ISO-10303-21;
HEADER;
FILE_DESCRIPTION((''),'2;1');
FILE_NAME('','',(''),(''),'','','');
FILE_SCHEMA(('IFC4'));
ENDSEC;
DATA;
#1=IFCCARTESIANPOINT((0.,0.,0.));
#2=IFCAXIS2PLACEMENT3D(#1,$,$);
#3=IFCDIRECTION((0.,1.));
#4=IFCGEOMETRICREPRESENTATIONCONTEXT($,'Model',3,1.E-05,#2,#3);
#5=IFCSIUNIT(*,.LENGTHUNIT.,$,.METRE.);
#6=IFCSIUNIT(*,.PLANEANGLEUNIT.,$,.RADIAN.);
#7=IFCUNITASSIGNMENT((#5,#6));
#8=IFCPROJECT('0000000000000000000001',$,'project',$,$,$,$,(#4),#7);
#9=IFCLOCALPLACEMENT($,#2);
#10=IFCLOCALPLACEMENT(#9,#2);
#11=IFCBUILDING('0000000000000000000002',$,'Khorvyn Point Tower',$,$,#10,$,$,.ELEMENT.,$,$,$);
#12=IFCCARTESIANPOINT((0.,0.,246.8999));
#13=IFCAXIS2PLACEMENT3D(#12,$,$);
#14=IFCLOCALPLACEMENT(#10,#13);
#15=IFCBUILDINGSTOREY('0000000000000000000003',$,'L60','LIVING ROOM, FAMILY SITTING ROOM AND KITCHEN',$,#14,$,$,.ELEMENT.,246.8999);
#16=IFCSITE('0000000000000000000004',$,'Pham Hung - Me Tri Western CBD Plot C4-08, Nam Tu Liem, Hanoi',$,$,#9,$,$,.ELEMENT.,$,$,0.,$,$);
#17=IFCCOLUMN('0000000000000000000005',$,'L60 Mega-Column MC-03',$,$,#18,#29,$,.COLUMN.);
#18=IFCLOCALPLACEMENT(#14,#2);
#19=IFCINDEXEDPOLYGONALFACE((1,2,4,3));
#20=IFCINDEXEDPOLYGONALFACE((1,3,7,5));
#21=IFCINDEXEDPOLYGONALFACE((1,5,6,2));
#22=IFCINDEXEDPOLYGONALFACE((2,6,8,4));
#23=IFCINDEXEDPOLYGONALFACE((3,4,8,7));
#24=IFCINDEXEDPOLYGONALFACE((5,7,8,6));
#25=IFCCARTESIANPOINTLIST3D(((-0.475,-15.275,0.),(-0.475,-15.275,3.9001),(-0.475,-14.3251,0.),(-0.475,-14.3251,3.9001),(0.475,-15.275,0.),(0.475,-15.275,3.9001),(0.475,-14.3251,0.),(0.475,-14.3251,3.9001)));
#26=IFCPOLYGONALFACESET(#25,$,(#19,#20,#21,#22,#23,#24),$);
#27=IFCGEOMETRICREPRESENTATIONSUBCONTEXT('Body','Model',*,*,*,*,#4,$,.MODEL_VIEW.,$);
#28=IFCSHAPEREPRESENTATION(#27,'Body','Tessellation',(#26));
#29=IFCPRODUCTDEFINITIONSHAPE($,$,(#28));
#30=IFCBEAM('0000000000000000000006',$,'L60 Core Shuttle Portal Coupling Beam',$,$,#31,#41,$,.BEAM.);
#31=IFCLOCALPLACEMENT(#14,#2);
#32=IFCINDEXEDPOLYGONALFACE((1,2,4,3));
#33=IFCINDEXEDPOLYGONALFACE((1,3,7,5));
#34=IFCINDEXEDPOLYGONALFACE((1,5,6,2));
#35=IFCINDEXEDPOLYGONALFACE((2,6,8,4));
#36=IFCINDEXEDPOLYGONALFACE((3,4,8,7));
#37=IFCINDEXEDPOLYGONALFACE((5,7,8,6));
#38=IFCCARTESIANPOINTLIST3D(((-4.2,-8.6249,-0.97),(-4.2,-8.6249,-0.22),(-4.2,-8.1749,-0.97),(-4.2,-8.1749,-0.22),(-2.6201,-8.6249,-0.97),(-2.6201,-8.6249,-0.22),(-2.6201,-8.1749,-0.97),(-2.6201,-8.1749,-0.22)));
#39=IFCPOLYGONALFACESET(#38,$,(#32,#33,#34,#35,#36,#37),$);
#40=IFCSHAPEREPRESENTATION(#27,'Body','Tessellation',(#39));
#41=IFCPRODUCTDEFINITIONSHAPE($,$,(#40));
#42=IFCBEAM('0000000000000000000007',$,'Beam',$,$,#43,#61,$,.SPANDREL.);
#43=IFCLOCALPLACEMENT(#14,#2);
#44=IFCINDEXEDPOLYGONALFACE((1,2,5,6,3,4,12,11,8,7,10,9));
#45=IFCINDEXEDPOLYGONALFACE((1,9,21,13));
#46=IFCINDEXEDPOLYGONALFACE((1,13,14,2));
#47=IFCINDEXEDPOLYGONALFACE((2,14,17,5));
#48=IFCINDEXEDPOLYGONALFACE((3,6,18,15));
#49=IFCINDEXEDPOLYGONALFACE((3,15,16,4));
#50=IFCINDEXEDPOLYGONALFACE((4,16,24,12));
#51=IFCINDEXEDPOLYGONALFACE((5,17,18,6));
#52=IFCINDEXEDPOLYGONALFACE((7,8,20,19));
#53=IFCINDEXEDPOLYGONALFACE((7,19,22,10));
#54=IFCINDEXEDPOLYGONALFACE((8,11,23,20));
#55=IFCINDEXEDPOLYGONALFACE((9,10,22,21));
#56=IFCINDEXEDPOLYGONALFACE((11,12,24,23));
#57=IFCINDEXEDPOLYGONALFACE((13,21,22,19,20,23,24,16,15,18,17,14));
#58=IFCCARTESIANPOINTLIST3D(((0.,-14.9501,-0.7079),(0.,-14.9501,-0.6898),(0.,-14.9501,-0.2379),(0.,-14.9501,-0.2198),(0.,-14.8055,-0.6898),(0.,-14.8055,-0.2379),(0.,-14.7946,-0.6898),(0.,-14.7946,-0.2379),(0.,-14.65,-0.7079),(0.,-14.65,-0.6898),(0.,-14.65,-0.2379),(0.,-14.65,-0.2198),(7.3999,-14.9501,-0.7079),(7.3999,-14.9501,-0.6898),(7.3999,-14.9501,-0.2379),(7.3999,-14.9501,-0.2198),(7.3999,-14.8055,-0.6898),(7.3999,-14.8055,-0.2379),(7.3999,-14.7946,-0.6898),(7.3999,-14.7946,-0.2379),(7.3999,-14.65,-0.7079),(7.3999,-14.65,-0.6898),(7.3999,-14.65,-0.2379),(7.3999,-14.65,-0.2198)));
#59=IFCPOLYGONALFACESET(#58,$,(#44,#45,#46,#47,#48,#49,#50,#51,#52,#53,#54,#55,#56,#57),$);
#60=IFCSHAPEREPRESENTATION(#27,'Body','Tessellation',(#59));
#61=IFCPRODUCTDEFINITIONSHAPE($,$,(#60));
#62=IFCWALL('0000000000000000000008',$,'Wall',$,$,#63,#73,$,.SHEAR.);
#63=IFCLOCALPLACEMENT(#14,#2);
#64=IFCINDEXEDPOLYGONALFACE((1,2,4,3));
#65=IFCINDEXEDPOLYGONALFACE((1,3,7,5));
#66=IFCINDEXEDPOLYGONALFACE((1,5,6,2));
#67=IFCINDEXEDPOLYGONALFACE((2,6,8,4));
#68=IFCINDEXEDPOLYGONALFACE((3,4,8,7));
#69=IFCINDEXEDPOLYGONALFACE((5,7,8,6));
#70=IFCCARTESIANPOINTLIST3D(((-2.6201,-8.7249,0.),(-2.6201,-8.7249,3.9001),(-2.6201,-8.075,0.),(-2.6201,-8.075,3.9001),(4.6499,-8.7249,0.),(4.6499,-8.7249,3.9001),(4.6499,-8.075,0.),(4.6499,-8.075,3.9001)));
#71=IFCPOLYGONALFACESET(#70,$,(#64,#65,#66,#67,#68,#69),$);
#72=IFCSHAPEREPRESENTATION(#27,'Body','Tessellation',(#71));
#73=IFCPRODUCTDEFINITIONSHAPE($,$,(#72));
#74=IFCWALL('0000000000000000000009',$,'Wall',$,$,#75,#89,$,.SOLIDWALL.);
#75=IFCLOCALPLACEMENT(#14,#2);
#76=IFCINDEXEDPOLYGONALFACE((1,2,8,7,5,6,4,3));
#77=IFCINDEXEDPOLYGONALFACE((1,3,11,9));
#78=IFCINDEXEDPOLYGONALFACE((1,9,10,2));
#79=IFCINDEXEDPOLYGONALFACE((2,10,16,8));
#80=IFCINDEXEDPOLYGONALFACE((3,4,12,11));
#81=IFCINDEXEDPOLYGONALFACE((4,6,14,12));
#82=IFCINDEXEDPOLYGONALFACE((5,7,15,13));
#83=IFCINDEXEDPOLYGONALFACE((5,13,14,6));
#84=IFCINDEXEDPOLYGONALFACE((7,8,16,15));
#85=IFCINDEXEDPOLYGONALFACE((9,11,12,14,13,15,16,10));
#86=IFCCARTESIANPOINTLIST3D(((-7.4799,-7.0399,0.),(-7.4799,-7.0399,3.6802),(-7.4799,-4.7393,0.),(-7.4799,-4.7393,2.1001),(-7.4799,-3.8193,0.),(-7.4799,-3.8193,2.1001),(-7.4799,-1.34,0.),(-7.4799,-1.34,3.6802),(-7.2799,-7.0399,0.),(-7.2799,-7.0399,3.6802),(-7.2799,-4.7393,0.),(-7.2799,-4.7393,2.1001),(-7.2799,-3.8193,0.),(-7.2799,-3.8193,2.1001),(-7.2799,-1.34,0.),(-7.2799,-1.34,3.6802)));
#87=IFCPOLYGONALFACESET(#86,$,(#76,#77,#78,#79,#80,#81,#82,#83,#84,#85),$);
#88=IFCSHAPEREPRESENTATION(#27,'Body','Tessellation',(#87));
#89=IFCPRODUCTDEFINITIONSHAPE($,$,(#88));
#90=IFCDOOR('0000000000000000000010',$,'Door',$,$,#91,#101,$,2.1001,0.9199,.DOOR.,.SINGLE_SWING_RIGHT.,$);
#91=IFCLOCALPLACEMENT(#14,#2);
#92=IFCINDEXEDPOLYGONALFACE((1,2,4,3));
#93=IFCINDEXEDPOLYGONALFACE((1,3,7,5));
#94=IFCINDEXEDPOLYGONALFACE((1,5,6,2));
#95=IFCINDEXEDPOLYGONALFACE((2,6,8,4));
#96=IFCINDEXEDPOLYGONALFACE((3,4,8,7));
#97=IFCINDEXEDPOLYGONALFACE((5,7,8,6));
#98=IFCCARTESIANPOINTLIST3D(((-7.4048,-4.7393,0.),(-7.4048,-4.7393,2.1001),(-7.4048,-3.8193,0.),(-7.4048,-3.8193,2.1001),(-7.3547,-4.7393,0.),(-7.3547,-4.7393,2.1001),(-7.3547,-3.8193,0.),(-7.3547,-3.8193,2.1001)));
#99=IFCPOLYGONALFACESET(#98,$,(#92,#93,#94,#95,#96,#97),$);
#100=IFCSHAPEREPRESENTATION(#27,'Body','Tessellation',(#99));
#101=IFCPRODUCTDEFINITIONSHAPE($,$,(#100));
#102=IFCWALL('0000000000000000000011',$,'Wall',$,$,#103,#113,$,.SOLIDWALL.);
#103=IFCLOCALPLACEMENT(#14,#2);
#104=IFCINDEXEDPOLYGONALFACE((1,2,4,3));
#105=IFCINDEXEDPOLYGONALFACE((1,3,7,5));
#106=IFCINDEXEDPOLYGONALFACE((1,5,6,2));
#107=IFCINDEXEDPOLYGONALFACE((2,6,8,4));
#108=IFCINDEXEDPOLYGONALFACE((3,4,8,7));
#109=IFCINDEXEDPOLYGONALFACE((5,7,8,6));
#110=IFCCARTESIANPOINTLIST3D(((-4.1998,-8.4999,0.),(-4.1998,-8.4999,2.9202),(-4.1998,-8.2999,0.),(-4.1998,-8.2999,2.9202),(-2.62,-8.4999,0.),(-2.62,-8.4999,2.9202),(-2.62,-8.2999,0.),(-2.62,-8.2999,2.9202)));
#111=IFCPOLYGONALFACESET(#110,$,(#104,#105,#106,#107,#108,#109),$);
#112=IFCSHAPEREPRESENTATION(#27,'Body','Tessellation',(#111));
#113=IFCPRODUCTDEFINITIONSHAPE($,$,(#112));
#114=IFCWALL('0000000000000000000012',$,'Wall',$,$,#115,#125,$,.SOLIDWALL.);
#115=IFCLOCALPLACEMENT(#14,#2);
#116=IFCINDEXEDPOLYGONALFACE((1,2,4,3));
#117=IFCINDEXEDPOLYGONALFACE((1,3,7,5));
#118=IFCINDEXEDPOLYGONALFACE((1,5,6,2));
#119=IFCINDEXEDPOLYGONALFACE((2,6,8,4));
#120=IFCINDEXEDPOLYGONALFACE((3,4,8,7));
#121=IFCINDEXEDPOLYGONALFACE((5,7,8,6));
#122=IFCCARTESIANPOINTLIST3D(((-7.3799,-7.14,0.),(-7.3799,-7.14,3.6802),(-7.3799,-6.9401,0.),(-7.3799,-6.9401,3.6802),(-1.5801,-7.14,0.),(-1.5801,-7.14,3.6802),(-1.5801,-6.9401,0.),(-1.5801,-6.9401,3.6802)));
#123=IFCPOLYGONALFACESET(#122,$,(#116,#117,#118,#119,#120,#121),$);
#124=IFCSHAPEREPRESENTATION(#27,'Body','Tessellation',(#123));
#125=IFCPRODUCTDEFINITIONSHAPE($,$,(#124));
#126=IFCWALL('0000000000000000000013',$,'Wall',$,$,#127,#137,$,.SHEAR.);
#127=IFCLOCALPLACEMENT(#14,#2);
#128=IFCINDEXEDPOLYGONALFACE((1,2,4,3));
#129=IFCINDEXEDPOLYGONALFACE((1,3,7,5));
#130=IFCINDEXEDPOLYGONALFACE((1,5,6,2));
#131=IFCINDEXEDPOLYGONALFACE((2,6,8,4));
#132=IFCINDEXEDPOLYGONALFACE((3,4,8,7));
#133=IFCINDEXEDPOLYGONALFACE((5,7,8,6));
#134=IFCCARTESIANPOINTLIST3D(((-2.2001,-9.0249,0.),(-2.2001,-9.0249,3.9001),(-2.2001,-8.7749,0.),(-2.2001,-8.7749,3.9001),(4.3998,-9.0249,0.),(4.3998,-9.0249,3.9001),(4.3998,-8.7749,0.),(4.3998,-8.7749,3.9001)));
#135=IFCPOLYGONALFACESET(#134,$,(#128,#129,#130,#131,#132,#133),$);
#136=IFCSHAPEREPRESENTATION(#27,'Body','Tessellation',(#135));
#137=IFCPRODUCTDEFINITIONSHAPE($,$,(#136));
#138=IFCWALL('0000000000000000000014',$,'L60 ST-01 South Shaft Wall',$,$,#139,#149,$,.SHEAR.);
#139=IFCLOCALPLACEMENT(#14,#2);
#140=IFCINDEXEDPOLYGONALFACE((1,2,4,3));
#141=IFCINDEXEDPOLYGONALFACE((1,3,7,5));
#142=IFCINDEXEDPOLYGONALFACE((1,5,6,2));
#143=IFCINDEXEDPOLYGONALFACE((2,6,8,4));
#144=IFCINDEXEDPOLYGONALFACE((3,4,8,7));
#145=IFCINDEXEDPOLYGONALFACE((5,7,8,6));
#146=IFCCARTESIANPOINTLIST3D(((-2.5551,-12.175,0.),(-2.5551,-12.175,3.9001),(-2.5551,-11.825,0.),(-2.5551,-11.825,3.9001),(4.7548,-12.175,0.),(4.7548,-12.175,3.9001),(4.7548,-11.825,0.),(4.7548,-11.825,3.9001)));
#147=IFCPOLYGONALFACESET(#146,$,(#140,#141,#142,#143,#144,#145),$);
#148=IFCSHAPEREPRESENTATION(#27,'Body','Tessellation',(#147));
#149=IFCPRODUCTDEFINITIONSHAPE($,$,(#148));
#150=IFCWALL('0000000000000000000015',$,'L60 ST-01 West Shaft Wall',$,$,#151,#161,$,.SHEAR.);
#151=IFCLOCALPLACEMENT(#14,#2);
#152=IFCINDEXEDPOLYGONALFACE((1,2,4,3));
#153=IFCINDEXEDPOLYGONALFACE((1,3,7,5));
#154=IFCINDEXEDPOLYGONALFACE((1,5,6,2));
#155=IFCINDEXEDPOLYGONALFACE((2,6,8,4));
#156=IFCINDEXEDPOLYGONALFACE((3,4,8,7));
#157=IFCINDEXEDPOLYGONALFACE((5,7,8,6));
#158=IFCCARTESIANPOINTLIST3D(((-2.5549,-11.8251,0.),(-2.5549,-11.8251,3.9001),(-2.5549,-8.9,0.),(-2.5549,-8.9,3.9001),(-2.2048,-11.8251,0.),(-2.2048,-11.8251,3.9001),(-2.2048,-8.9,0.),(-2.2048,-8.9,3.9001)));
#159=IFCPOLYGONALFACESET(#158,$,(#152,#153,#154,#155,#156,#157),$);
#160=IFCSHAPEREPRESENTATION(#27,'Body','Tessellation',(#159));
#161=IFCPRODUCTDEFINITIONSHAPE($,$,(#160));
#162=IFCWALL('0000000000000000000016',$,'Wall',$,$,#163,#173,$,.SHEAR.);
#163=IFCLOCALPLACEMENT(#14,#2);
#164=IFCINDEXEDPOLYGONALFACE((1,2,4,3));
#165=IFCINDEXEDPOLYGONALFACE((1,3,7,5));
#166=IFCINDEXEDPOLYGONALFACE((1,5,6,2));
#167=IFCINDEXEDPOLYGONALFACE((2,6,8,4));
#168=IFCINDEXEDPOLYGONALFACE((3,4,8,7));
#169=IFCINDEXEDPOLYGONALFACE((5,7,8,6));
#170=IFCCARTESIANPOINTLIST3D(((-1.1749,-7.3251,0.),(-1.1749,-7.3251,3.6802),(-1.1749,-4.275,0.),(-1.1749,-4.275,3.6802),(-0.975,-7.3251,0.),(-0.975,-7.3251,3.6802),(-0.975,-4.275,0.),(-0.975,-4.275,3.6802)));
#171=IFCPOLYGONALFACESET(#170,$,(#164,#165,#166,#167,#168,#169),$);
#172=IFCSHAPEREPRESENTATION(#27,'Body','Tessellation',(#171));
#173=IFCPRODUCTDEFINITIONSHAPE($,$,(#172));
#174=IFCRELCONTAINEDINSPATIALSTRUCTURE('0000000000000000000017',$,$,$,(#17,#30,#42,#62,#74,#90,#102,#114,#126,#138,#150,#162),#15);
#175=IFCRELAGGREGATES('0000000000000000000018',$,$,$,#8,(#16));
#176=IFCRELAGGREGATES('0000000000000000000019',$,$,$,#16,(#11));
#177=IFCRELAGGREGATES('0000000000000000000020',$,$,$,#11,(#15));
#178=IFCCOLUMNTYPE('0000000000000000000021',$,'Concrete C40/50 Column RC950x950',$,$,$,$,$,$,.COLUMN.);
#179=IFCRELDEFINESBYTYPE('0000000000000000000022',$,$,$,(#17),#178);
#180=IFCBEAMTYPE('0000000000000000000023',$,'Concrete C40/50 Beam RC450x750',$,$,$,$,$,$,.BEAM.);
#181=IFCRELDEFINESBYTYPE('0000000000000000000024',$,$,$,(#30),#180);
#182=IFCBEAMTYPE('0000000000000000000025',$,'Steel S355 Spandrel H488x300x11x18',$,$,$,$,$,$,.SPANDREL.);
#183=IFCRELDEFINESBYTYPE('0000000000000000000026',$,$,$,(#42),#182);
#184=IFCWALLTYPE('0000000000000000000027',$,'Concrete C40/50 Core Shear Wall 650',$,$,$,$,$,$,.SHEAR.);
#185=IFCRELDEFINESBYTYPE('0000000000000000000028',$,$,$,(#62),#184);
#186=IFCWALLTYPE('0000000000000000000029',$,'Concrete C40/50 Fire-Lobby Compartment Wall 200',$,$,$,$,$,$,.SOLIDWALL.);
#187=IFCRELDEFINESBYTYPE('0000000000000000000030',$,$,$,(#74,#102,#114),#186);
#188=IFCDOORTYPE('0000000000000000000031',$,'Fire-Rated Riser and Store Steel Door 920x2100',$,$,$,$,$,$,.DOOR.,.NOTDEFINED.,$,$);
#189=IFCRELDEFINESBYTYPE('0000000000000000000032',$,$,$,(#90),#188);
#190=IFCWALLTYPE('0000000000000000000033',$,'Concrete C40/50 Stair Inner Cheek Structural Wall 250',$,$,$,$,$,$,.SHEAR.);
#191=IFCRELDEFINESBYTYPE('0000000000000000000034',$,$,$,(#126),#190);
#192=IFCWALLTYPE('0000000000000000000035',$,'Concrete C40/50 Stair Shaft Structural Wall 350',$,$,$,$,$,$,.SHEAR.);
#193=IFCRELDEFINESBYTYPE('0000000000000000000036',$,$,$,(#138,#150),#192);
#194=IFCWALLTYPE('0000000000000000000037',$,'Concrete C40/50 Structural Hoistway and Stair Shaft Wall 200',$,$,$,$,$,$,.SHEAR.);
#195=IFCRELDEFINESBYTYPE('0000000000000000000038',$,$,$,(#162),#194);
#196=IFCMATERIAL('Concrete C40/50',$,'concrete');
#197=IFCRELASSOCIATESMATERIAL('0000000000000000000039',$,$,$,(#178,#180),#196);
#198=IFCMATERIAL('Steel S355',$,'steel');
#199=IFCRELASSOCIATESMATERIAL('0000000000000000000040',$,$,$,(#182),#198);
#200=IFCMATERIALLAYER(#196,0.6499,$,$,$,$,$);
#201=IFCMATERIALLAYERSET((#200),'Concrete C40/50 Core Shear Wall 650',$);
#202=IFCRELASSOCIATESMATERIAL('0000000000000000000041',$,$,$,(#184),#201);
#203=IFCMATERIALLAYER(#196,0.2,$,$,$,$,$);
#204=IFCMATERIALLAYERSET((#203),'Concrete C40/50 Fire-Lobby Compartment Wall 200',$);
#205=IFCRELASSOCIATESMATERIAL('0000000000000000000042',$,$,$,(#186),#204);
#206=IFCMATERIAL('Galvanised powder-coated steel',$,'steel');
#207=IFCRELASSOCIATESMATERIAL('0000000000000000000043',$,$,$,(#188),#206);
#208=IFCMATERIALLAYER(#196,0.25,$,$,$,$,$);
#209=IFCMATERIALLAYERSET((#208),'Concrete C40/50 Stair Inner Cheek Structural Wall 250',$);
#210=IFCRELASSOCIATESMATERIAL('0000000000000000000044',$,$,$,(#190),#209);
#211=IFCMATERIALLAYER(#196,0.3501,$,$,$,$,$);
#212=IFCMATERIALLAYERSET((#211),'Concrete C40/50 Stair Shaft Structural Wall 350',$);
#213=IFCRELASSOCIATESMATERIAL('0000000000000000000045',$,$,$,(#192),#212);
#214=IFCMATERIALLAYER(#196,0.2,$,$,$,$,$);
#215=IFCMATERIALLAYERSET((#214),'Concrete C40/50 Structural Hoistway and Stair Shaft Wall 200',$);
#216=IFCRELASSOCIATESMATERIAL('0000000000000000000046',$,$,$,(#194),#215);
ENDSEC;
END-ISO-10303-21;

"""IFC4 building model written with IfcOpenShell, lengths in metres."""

from ifc_helpers import new_model, si_unit, direction, frame, frame_2d, origin, origin_2d, place, context, subcontext, project, spatial, rectangle, i_section, extrude, material, layer, layer_set, material_profile, profile_set, type_object, element, fill, save


model = new_model("IFC4")

# Units and contexts
model_context = context("Model", 3, precision=1e-05, world=origin(), true_north=direction((0.0, 1.0)))
body_context = subcontext(model_context, "Body", "Model", "MODEL_VIEW")
ifc_project = project(units=[si_unit("LENGTHUNIT", "METRE"), si_unit("PLANEANGLEUNIT", "RADIAN")], contexts=[model_context])

# Site, building, storey
site_placement = place(None, origin())
site = spatial("IfcSite", under=ifc_project, at=site_placement, Name="Pham Hung - Me Tri Western CBD Plot C4-08, Nam Tu Liem, Hanoi", CompositionType="ELEMENT", RefElevation=0.0)
building_placement = place(site_placement, origin())
building = spatial("IfcBuilding", under=site, at=building_placement, Name="Khorvyn Point Tower", CompositionType="ELEMENT")
storey_placement = place(building_placement, frame((0.0, 0.0, 246.8999)))
storey = spatial("IfcBuildingStorey", under=building, at=storey_placement, Name="L60", Description="LIVING ROOM, FAMILY SITTING ROOM AND KITCHEN", CompositionType="ELEMENT", Elevation=246.8999)

# Column
ifc_material_1 = material(Name="Concrete C40/50", Category="concrete")
ifc_material_profile_1 = material_profile(ifc_material_1, rectangle(XDim=0.95, YDim=0.95, at=origin_2d()))
ifc_profile_set_1 = profile_set([ifc_material_profile_1], Name="Concrete C40/50 RC950x950")
column_type = type_object("IfcColumnType", Name="Concrete C40/50 Column RC950x950", PredefinedType="COLUMN", material=ifc_profile_set_1)
column_placement = place(storey_placement, frame((0.0, -14.8, 0.0), z_axis=(0.0, 0.0, 1.0), x_axis=(1.0, 0.0, 0.0)))
element("IfcColumn", 1, at=column_placement, inside=storey, type_object=column_type, Name="L60 Mega-Column MC-03", PredefinedType="COLUMN", context=body_context, shape_type="SweptSolid", body=[
    extrude(rectangle(XDim=0.95, YDim=0.95, at=origin_2d()), origin(), (0.0, 0.0, 1.0), 3.9001),
])

# Beams
ifc_material_profile_2 = material_profile(ifc_material_1, rectangle(XDim=0.45, YDim=0.75, at=origin_2d()))
ifc_profile_set_2 = profile_set([ifc_material_profile_2], Name="Concrete C40/50 RC450x750")
beam_type_1 = type_object("IfcBeamType", Name="Concrete C40/50 Beam RC450x750", PredefinedType="BEAM", material=ifc_profile_set_2)
beam_1_placement = place(storey_placement, frame((-4.2, -8.3999, -0.595), z_axis=(1.0, 0.0, 0.0), x_axis=(0.0, 1.0, 0.0)))
element("IfcBeam", 2, at=beam_1_placement, inside=storey, type_object=beam_type_1, Name="L60 Core Shuttle Portal Coupling Beam", PredefinedType="BEAM", context=body_context, shape_type="SweptSolid", body=[
    extrude(rectangle(XDim=0.45, YDim=0.75, at=origin_2d()), origin(), (0.0, 0.0, 1.0), 1.5798),
])
ifc_material_2 = material(Name="Steel S355", Category="steel")
ifc_material_profile_3 = material_profile(ifc_material_2, i_section(OverallWidth=0.3, OverallDepth=0.488, WebThickness=0.011, FlangeThickness=0.0181, at=origin_2d()))
ifc_profile_set_3 = profile_set([ifc_material_profile_3], Name="Steel S355 H488x300x11x18")
beam_type_2 = type_object("IfcBeamType", Name="Steel S355 Spandrel H488x300x11x18", PredefinedType="SPANDREL", material=ifc_profile_set_3)
beam_2_placement = place(storey_placement, frame((0.0, -14.8, -0.4639), z_axis=(1.0, 0.0, 0.0), x_axis=(0.0, 1.0, 0.0)))
element("IfcBeam", 3, at=beam_2_placement, inside=storey, type_object=beam_type_2, Name="Beam", PredefinedType="SPANDREL", context=body_context, shape_type="SweptSolid", body=[
    extrude(i_section(OverallWidth=0.3, OverallDepth=0.488, WebThickness=0.011, FlangeThickness=0.0181, at=origin_2d()), origin(), (0.0, 0.0, 1.0), 7.3999),
])

# Wall
ifc_layer_1 = layer(ifc_material_1, 0.6499)
ifc_layer_set_1 = layer_set([ifc_layer_1], Name="Concrete C40/50 Core Shear Wall 650")
wall_type_1 = type_object("IfcWallType", Name="Concrete C40/50 Core Shear Wall 650", PredefinedType="SHEAR", material=ifc_layer_set_1)
wall_1_placement = place(storey_placement, frame((-2.6201, -8.3999, 0.0), z_axis=(0.0, 0.0, 1.0), x_axis=(1.0, 0.0, 0.0)))
element("IfcWall", 4, at=wall_1_placement, inside=storey, type_object=wall_type_1, Name="Wall", PredefinedType="SHEAR", context=body_context, shape_type="SweptSolid", body=[
    extrude(rectangle(XDim=7.27, YDim=0.6499, at=frame_2d((3.635, 0.0))), origin(), (0.0, 0.0, 1.0), 3.9001),
])

# Wall, opening, door
ifc_layer_2 = layer(ifc_material_1, 0.2)
ifc_layer_set_2 = layer_set([ifc_layer_2], Name="Concrete C40/50 Fire-Lobby Compartment Wall 200")
wall_type_2 = type_object("IfcWallType", Name="Concrete C40/50 Fire-Lobby Compartment Wall 200", PredefinedType="SOLIDWALL", material=ifc_layer_set_2)
wall_2_placement = place(storey_placement, frame((-7.3799, -7.04, 0.0), z_axis=(0.0, 0.0, 1.0), x_axis=(0.0, 1.0, 0.0)))
wall_2 = element("IfcWall", 5, at=wall_2_placement, inside=storey, type_object=wall_type_2, Name="Wall", PredefinedType="SOLIDWALL", context=body_context, shape_type="SweptSolid", body=[
    extrude(rectangle(XDim=5.7, YDim=0.2, at=frame_2d((2.8501, 0.0))), origin(), (0.0, 0.0, 1.0), 3.6802),
])
opening_1_placement = place(wall_2_placement, frame((2.3008, 0.0, 0.0)))
opening_1 = element("IfcOpeningElement", 6, at=opening_1_placement, cuts=wall_2, PredefinedType="OPENING", context=body_context, shape_type="SweptSolid", body=[
    extrude(rectangle(XDim=0.9199, YDim=2.1001, at=frame_2d((0.46, 1.05))), frame((0.0, 0.1099, 0.0), z_axis=(0.0, -1.0, 0.0), x_axis=(1.0, 0.0, 0.0)), (0.0, 0.0, 1.0), 0.22),
])
ifc_material_3 = material(Name="Galvanised powder-coated steel", Category="steel")
door_type_1 = type_object("IfcDoorType", Name="Fire-Rated Riser and Store Steel Door 920x2100", OperationType="NOTDEFINED", PredefinedType="DOOR", material=ifc_material_3)
door_1_placement = place(opening_1_placement, origin())
door_1 = element("IfcDoor", 7, at=door_1_placement, inside=storey, type_object=door_type_1, Name="Door", OperationType="SINGLE_SWING_RIGHT", OverallHeight=2.1001, OverallWidth=0.9199, PredefinedType="DOOR", context=body_context, shape_type="SweptSolid", body=[
    extrude(rectangle(XDim=0.9199, YDim=2.1001, at=frame_2d((0.46, 1.05))), frame((0.0, 0.0249, 0.0), z_axis=(0.0, -1.0, 0.0), x_axis=(1.0, 0.0, 0.0)), (0.0, 0.0, 1.0), 0.05),
])
fill(opening_1, door_1)

# Walls
wall_3_placement = place(storey_placement, frame((-4.2, -8.3999, 0.0), z_axis=(0.0, 0.0, 1.0), x_axis=(1.0, 0.0, 0.0)))
element("IfcWall", 8, at=wall_3_placement, inside=storey, type_object=wall_type_2, Name="Wall", PredefinedType="SOLIDWALL", context=body_context, shape_type="SweptSolid", body=[
    extrude(rectangle(XDim=1.5798, YDim=0.2, at=frame_2d((0.79, 0.0))), origin(), (0.0, 0.0, 1.0), 2.9202),
])
wall_4_placement = place(storey_placement, frame((-7.3799, -7.04, 0.0), z_axis=(0.0, 0.0, 1.0), x_axis=(1.0, 0.0, 0.0)))
element("IfcWall", 9, at=wall_4_placement, inside=storey, type_object=wall_type_2, Name="Wall", PredefinedType="SOLIDWALL", context=body_context, shape_type="SweptSolid", body=[
    extrude(rectangle(XDim=5.7998, YDim=0.2, at=frame_2d((2.8999, 0.0))), origin(), (0.0, 0.0, 1.0), 3.6802),
])
ifc_layer_3 = layer(ifc_material_1, 0.25)
ifc_layer_set_3 = layer_set([ifc_layer_3], Name="Concrete C40/50 Stair Inner Cheek Structural Wall 250")
wall_type_3 = type_object("IfcWallType", Name="Concrete C40/50 Stair Inner Cheek Structural Wall 250", PredefinedType="SHEAR", material=ifc_layer_set_3)
wall_5_placement = place(storey_placement, frame((-2.2, -8.8999, 0.0), z_axis=(0.0, 0.0, 1.0), x_axis=(1.0, 0.0, 0.0)))
element("IfcWall", 10, at=wall_5_placement, inside=storey, type_object=wall_type_3, Name="Wall", PredefinedType="SHEAR", context=body_context, shape_type="SweptSolid", body=[
    extrude(rectangle(XDim=6.5999, YDim=0.25, at=frame_2d((3.2998, 0.0))), origin(), (0.0, 0.0, 1.0), 3.9001),
])
ifc_layer_4 = layer(ifc_material_1, 0.3501)
ifc_layer_set_4 = layer_set([ifc_layer_4], Name="Concrete C40/50 Stair Shaft Structural Wall 350")
wall_type_4 = type_object("IfcWallType", Name="Concrete C40/50 Stair Shaft Structural Wall 350", PredefinedType="SHEAR", material=ifc_layer_set_4)
wall_6_placement = place(storey_placement, frame((-2.5549, -12.0, 0.0), z_axis=(0.0, 0.0, 1.0), x_axis=(1.0, 0.0, 0.0)))
element("IfcWall", 11, at=wall_6_placement, inside=storey, type_object=wall_type_4, Name="L60 ST-01 South Shaft Wall", PredefinedType="SHEAR", context=body_context, shape_type="SweptSolid", body=[
    extrude(rectangle(XDim=7.3098, YDim=0.3501, at=frame_2d((3.6548, 0.0))), origin(), (0.0, 0.0, 1.0), 3.9001),
])
wall_7_placement = place(storey_placement, frame((-2.3799, -11.825, 0.0), z_axis=(0.0, 0.0, 1.0), x_axis=(0.0, 1.0, 0.0)))
element("IfcWall", 12, at=wall_7_placement, inside=storey, type_object=wall_type_4, Name="L60 ST-01 West Shaft Wall", PredefinedType="SHEAR", context=body_context, shape_type="SweptSolid", body=[
    extrude(rectangle(XDim=2.925, YDim=0.3501, at=frame_2d((1.4624, 0.0))), origin(), (0.0, 0.0, 1.0), 3.9001),
])
ifc_layer_5 = layer(ifc_material_1, 0.2)
ifc_layer_set_5 = layer_set([ifc_layer_5], Name="Concrete C40/50 Structural Hoistway and Stair Shaft Wall 200")
wall_type_5 = type_object("IfcWallType", Name="Concrete C40/50 Structural Hoistway and Stair Shaft Wall 200", PredefinedType="SHEAR", material=ifc_layer_set_5)
wall_8_placement = place(storey_placement, frame((-1.075, -7.325, 0.0), z_axis=(0.0, 0.0, 1.0), x_axis=(0.0, 1.0, 0.0)))
element("IfcWall", 13, at=wall_8_placement, inside=storey, type_object=wall_type_5, Name="Wall", PredefinedType="SHEAR", context=body_context, shape_type="SweptSolid", body=[
    extrude(rectangle(XDim=3.05, YDim=0.2, at=frame_2d((1.5249, 0.0))), origin(), (0.0, 0.0, 1.0), 3.6802),
])

save(model, "model.ifc")
